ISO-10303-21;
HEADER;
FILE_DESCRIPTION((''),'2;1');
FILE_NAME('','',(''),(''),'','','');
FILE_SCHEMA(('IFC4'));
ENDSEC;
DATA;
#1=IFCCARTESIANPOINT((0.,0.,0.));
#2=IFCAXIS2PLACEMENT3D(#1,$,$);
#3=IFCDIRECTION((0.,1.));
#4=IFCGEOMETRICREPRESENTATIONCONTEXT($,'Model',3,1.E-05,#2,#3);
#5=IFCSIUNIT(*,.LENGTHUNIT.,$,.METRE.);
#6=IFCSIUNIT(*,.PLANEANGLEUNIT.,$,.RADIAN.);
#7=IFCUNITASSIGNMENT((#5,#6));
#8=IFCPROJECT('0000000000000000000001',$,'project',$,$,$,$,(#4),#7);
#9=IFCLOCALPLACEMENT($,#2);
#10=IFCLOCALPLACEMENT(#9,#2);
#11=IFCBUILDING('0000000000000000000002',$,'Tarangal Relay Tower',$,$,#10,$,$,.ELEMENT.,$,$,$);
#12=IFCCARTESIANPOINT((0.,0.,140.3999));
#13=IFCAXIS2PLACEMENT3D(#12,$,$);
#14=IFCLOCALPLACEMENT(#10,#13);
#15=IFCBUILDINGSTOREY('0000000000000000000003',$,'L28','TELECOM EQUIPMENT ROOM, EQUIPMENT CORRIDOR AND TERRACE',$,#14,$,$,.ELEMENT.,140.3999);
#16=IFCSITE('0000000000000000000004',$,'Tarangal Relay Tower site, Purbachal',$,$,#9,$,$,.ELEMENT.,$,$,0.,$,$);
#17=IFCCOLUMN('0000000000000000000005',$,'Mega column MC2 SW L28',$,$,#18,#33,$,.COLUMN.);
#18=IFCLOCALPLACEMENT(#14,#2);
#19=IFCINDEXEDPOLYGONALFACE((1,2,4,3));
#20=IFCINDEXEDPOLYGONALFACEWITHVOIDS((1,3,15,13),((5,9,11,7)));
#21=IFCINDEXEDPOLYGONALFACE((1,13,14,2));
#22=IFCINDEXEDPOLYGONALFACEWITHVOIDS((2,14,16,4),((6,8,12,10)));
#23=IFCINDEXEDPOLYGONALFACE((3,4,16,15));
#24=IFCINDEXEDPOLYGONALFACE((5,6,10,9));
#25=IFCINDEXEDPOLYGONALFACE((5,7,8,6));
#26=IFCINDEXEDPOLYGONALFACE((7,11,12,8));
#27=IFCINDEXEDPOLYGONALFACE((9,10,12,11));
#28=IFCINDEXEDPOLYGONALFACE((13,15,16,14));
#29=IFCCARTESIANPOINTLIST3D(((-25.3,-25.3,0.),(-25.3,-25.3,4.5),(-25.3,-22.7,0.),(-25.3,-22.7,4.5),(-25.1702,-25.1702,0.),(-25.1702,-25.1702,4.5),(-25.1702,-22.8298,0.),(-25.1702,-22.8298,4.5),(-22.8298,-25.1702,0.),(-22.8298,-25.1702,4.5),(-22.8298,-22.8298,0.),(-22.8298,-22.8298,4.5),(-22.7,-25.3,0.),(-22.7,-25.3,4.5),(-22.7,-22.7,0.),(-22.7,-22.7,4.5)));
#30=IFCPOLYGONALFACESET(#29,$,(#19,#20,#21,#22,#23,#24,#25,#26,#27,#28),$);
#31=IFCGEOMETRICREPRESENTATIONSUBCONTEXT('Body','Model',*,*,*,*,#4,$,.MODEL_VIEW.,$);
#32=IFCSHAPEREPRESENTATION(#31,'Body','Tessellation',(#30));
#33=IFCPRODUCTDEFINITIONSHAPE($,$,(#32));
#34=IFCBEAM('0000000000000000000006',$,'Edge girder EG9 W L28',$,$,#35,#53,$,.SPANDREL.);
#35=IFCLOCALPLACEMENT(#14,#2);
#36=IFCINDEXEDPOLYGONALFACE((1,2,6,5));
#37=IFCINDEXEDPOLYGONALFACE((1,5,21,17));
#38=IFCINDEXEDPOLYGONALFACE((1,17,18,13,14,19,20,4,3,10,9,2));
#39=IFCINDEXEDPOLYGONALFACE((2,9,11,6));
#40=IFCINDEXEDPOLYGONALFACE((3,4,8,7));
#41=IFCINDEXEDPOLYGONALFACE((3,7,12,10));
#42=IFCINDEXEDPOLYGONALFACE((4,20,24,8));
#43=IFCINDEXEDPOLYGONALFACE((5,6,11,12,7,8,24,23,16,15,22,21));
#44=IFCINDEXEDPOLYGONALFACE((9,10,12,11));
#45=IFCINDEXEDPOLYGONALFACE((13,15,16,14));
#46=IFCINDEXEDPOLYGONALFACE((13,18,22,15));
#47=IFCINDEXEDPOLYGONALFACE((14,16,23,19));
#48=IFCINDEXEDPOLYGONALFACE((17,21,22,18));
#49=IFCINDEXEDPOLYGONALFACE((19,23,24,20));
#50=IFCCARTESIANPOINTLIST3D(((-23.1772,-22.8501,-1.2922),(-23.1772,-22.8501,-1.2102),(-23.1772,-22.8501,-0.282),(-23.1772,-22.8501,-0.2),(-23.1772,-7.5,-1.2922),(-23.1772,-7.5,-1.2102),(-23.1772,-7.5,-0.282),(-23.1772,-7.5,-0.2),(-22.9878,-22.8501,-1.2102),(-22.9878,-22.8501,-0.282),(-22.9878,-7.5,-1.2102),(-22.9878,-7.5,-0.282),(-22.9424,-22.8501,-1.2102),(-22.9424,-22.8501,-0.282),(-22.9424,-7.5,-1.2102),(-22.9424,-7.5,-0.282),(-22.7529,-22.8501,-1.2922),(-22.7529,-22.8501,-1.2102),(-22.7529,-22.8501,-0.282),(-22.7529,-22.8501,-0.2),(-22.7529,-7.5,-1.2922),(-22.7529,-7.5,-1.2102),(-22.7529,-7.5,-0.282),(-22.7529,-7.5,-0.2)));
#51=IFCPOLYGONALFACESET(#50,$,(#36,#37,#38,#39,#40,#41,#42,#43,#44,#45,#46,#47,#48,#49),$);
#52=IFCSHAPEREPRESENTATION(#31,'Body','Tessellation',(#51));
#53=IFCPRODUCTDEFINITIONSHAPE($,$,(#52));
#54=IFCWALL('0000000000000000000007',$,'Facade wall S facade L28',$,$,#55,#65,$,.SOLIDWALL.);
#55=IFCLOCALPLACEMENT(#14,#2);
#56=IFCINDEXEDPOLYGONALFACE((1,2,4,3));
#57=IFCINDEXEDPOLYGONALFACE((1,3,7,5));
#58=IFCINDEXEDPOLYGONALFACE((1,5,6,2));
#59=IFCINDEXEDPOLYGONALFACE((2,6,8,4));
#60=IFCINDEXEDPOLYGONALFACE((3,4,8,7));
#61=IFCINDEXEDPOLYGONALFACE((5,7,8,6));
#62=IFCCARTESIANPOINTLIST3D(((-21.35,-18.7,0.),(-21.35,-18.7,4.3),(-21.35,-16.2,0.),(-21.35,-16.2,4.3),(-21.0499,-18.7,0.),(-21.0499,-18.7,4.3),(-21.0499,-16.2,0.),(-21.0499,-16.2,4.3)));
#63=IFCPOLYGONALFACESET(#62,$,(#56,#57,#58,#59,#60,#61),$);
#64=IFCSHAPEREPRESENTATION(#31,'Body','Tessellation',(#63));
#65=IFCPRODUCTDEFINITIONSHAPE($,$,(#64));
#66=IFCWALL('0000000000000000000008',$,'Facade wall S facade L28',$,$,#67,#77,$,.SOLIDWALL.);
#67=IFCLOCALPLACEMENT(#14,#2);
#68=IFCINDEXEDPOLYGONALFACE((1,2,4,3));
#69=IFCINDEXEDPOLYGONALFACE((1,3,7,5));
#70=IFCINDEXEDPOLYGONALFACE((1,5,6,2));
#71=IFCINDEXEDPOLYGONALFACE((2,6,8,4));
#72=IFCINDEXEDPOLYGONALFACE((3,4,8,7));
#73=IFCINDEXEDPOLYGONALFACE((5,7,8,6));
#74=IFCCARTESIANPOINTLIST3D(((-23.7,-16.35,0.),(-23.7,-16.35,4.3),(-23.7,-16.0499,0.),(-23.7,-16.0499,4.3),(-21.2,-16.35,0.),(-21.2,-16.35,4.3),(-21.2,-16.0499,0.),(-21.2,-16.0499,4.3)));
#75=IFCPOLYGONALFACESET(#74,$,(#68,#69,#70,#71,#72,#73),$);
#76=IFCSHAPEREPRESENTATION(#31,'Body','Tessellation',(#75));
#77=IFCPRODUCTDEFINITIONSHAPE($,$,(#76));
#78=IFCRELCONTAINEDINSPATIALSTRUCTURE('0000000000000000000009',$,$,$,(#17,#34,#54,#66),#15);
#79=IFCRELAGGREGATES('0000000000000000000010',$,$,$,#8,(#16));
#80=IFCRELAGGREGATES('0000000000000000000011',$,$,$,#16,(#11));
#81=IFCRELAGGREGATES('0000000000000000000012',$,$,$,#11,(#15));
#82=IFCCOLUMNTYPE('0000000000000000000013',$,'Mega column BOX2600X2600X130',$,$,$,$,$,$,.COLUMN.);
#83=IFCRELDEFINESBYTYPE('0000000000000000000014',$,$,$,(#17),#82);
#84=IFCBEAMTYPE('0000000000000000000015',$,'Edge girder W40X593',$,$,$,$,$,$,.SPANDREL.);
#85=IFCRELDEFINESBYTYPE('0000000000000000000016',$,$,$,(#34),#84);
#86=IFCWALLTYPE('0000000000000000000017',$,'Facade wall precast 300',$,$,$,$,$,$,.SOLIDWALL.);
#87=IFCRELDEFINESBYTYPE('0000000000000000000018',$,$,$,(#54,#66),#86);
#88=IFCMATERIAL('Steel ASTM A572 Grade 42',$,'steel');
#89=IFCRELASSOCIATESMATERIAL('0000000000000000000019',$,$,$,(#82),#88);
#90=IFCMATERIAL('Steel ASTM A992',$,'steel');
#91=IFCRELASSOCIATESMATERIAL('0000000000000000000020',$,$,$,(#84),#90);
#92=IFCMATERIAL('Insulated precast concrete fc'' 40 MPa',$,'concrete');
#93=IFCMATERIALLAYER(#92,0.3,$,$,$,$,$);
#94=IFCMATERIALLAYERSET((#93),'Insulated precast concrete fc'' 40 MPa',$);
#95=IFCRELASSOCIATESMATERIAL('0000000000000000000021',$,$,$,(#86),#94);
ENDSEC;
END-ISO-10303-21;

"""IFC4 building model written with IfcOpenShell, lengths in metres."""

from ifc_helpers import new_model, si_unit, direction, frame, frame_2d, origin, origin_2d, place, context, subcontext, project, spatial, rectangle, hollow_rectangle, i_section, extrude, material, layer, layer_set, material_profile, profile_set, type_object, element, save


model = new_model("IFC4")

# Units and contexts
model_context = context("Model", 3, precision=1e-05, world=origin(), true_north=direction((0.0, 1.0)))
body_context = subcontext(model_context, "Body", "Model", "MODEL_VIEW")
ifc_project = project(units=[si_unit("LENGTHUNIT", "METRE"), si_unit("PLANEANGLEUNIT", "RADIAN")], contexts=[model_context])

# Site, building, storey
site_placement = place(None, origin())
site = spatial("IfcSite", under=ifc_project, at=site_placement, Name="Tarangal Relay Tower site, Purbachal", CompositionType="ELEMENT", RefElevation=0.0)
building_placement = place(site_placement, origin())
building = spatial("IfcBuilding", under=site, at=building_placement, Name="Tarangal Relay Tower", CompositionType="ELEMENT")
storey_placement = place(building_placement, frame((0.0, 0.0, 140.3999)))
storey = spatial("IfcBuildingStorey", under=building, at=storey_placement, Name="L28", Description="TELECOM EQUIPMENT ROOM, EQUIPMENT CORRIDOR AND TERRACE", CompositionType="ELEMENT", Elevation=140.3999)

# Column
ifc_material_1 = material(Name="Steel ASTM A572 Grade 42", Category="steel")
ifc_material_profile_1 = material_profile(ifc_material_1, hollow_rectangle(XDim=2.6001, YDim=2.6001, WallThickness=0.1299, at=origin_2d()), Name="BOX2600X2600X130")
ifc_profile_set_1 = profile_set([ifc_material_profile_1], Name="Steel ASTM A572 Grade 42")
column_type = type_object("IfcColumnType", Name="Mega column BOX2600X2600X130", PredefinedType="COLUMN", material=ifc_profile_set_1)
column_placement = place(storey_placement, frame((-24.0, -24.0, 0.0), z_axis=(0.0, 0.0, 1.0), x_axis=(1.0, 0.0, 0.0)))
element("IfcColumn", 1, at=column_placement, inside=storey, type_object=column_type, Name="Mega column MC2 SW L28", PredefinedType="COLUMN", context=body_context, shape_type="SweptSolid", body=[
    extrude(hollow_rectangle(XDim=2.6001, YDim=2.6001, WallThickness=0.1299, at=origin_2d()), origin(), (0.0, 0.0, 1.0), 4.5),
])

# Beam
ifc_material_2 = material(Name="Steel ASTM A992", Category="steel")
ifc_material_profile_2 = material_profile(ifc_material_2, i_section(OverallWidth=0.4243, OverallDepth=1.0923, WebThickness=0.0454, FlangeThickness=0.082, at=origin_2d()), Name="W40X593")
ifc_profile_set_2 = profile_set([ifc_material_profile_2], Name="Steel ASTM A992")
beam_type = type_object("IfcBeamType", Name="Edge girder W40X593", PredefinedType="SPANDREL", material=ifc_profile_set_2)
beam_placement = place(storey_placement, frame((-22.9651, -22.8501, -0.7461), z_axis=(0.0, 1.0, 0.0), x_axis=(-1.0, 0.0, 0.0)))
element("IfcBeam", 2, at=beam_placement, inside=storey, type_object=beam_type, Name="Edge girder EG9 W L28", PredefinedType="SPANDREL", context=body_context, shape_type="SweptSolid", body=[
    extrude(i_section(OverallWidth=0.4243, OverallDepth=1.0923, WebThickness=0.0454, FlangeThickness=0.082, at=origin_2d()), origin(), (0.0, 0.0, 1.0), 15.3501),
])

# Walls
ifc_material_3 = material(Name="Insulated precast concrete fc' 40 MPa", Category="concrete")
ifc_layer = layer(ifc_material_3, 0.3)
ifc_layer_set = layer_set([ifc_layer], Name="Insulated precast concrete fc' 40 MPa")
wall_type = type_object("IfcWallType", Name="Facade wall precast 300", PredefinedType="SOLIDWALL", material=ifc_layer_set)
for number, where, z_axis, x_axis, name in (
    (3, (-21.2, -18.7, 0.0), (0.0, 0.0, 1.0), (0.0, 1.0, 0.0), "Facade wall S facade L28"),
    (4, (-21.2, -16.2, 0.0), (0.0, 0.0, 1.0), (-1.0, 0.0, 0.0), "Facade wall S facade L28"),
):
    element("IfcWall", number, at=place(storey_placement, frame(where, z_axis=z_axis, x_axis=x_axis)), inside=storey, type_object=wall_type, Name=name, PredefinedType="SOLIDWALL", context=body_context, shape_type="SweptSolid", body=[
        extrude(rectangle(XDim=2.5, YDim=0.3, at=frame_2d((1.25, 0.0))), origin(), (0.0, 0.0, 1.0), 4.3),
    ])

save(model, "model.ifc")
